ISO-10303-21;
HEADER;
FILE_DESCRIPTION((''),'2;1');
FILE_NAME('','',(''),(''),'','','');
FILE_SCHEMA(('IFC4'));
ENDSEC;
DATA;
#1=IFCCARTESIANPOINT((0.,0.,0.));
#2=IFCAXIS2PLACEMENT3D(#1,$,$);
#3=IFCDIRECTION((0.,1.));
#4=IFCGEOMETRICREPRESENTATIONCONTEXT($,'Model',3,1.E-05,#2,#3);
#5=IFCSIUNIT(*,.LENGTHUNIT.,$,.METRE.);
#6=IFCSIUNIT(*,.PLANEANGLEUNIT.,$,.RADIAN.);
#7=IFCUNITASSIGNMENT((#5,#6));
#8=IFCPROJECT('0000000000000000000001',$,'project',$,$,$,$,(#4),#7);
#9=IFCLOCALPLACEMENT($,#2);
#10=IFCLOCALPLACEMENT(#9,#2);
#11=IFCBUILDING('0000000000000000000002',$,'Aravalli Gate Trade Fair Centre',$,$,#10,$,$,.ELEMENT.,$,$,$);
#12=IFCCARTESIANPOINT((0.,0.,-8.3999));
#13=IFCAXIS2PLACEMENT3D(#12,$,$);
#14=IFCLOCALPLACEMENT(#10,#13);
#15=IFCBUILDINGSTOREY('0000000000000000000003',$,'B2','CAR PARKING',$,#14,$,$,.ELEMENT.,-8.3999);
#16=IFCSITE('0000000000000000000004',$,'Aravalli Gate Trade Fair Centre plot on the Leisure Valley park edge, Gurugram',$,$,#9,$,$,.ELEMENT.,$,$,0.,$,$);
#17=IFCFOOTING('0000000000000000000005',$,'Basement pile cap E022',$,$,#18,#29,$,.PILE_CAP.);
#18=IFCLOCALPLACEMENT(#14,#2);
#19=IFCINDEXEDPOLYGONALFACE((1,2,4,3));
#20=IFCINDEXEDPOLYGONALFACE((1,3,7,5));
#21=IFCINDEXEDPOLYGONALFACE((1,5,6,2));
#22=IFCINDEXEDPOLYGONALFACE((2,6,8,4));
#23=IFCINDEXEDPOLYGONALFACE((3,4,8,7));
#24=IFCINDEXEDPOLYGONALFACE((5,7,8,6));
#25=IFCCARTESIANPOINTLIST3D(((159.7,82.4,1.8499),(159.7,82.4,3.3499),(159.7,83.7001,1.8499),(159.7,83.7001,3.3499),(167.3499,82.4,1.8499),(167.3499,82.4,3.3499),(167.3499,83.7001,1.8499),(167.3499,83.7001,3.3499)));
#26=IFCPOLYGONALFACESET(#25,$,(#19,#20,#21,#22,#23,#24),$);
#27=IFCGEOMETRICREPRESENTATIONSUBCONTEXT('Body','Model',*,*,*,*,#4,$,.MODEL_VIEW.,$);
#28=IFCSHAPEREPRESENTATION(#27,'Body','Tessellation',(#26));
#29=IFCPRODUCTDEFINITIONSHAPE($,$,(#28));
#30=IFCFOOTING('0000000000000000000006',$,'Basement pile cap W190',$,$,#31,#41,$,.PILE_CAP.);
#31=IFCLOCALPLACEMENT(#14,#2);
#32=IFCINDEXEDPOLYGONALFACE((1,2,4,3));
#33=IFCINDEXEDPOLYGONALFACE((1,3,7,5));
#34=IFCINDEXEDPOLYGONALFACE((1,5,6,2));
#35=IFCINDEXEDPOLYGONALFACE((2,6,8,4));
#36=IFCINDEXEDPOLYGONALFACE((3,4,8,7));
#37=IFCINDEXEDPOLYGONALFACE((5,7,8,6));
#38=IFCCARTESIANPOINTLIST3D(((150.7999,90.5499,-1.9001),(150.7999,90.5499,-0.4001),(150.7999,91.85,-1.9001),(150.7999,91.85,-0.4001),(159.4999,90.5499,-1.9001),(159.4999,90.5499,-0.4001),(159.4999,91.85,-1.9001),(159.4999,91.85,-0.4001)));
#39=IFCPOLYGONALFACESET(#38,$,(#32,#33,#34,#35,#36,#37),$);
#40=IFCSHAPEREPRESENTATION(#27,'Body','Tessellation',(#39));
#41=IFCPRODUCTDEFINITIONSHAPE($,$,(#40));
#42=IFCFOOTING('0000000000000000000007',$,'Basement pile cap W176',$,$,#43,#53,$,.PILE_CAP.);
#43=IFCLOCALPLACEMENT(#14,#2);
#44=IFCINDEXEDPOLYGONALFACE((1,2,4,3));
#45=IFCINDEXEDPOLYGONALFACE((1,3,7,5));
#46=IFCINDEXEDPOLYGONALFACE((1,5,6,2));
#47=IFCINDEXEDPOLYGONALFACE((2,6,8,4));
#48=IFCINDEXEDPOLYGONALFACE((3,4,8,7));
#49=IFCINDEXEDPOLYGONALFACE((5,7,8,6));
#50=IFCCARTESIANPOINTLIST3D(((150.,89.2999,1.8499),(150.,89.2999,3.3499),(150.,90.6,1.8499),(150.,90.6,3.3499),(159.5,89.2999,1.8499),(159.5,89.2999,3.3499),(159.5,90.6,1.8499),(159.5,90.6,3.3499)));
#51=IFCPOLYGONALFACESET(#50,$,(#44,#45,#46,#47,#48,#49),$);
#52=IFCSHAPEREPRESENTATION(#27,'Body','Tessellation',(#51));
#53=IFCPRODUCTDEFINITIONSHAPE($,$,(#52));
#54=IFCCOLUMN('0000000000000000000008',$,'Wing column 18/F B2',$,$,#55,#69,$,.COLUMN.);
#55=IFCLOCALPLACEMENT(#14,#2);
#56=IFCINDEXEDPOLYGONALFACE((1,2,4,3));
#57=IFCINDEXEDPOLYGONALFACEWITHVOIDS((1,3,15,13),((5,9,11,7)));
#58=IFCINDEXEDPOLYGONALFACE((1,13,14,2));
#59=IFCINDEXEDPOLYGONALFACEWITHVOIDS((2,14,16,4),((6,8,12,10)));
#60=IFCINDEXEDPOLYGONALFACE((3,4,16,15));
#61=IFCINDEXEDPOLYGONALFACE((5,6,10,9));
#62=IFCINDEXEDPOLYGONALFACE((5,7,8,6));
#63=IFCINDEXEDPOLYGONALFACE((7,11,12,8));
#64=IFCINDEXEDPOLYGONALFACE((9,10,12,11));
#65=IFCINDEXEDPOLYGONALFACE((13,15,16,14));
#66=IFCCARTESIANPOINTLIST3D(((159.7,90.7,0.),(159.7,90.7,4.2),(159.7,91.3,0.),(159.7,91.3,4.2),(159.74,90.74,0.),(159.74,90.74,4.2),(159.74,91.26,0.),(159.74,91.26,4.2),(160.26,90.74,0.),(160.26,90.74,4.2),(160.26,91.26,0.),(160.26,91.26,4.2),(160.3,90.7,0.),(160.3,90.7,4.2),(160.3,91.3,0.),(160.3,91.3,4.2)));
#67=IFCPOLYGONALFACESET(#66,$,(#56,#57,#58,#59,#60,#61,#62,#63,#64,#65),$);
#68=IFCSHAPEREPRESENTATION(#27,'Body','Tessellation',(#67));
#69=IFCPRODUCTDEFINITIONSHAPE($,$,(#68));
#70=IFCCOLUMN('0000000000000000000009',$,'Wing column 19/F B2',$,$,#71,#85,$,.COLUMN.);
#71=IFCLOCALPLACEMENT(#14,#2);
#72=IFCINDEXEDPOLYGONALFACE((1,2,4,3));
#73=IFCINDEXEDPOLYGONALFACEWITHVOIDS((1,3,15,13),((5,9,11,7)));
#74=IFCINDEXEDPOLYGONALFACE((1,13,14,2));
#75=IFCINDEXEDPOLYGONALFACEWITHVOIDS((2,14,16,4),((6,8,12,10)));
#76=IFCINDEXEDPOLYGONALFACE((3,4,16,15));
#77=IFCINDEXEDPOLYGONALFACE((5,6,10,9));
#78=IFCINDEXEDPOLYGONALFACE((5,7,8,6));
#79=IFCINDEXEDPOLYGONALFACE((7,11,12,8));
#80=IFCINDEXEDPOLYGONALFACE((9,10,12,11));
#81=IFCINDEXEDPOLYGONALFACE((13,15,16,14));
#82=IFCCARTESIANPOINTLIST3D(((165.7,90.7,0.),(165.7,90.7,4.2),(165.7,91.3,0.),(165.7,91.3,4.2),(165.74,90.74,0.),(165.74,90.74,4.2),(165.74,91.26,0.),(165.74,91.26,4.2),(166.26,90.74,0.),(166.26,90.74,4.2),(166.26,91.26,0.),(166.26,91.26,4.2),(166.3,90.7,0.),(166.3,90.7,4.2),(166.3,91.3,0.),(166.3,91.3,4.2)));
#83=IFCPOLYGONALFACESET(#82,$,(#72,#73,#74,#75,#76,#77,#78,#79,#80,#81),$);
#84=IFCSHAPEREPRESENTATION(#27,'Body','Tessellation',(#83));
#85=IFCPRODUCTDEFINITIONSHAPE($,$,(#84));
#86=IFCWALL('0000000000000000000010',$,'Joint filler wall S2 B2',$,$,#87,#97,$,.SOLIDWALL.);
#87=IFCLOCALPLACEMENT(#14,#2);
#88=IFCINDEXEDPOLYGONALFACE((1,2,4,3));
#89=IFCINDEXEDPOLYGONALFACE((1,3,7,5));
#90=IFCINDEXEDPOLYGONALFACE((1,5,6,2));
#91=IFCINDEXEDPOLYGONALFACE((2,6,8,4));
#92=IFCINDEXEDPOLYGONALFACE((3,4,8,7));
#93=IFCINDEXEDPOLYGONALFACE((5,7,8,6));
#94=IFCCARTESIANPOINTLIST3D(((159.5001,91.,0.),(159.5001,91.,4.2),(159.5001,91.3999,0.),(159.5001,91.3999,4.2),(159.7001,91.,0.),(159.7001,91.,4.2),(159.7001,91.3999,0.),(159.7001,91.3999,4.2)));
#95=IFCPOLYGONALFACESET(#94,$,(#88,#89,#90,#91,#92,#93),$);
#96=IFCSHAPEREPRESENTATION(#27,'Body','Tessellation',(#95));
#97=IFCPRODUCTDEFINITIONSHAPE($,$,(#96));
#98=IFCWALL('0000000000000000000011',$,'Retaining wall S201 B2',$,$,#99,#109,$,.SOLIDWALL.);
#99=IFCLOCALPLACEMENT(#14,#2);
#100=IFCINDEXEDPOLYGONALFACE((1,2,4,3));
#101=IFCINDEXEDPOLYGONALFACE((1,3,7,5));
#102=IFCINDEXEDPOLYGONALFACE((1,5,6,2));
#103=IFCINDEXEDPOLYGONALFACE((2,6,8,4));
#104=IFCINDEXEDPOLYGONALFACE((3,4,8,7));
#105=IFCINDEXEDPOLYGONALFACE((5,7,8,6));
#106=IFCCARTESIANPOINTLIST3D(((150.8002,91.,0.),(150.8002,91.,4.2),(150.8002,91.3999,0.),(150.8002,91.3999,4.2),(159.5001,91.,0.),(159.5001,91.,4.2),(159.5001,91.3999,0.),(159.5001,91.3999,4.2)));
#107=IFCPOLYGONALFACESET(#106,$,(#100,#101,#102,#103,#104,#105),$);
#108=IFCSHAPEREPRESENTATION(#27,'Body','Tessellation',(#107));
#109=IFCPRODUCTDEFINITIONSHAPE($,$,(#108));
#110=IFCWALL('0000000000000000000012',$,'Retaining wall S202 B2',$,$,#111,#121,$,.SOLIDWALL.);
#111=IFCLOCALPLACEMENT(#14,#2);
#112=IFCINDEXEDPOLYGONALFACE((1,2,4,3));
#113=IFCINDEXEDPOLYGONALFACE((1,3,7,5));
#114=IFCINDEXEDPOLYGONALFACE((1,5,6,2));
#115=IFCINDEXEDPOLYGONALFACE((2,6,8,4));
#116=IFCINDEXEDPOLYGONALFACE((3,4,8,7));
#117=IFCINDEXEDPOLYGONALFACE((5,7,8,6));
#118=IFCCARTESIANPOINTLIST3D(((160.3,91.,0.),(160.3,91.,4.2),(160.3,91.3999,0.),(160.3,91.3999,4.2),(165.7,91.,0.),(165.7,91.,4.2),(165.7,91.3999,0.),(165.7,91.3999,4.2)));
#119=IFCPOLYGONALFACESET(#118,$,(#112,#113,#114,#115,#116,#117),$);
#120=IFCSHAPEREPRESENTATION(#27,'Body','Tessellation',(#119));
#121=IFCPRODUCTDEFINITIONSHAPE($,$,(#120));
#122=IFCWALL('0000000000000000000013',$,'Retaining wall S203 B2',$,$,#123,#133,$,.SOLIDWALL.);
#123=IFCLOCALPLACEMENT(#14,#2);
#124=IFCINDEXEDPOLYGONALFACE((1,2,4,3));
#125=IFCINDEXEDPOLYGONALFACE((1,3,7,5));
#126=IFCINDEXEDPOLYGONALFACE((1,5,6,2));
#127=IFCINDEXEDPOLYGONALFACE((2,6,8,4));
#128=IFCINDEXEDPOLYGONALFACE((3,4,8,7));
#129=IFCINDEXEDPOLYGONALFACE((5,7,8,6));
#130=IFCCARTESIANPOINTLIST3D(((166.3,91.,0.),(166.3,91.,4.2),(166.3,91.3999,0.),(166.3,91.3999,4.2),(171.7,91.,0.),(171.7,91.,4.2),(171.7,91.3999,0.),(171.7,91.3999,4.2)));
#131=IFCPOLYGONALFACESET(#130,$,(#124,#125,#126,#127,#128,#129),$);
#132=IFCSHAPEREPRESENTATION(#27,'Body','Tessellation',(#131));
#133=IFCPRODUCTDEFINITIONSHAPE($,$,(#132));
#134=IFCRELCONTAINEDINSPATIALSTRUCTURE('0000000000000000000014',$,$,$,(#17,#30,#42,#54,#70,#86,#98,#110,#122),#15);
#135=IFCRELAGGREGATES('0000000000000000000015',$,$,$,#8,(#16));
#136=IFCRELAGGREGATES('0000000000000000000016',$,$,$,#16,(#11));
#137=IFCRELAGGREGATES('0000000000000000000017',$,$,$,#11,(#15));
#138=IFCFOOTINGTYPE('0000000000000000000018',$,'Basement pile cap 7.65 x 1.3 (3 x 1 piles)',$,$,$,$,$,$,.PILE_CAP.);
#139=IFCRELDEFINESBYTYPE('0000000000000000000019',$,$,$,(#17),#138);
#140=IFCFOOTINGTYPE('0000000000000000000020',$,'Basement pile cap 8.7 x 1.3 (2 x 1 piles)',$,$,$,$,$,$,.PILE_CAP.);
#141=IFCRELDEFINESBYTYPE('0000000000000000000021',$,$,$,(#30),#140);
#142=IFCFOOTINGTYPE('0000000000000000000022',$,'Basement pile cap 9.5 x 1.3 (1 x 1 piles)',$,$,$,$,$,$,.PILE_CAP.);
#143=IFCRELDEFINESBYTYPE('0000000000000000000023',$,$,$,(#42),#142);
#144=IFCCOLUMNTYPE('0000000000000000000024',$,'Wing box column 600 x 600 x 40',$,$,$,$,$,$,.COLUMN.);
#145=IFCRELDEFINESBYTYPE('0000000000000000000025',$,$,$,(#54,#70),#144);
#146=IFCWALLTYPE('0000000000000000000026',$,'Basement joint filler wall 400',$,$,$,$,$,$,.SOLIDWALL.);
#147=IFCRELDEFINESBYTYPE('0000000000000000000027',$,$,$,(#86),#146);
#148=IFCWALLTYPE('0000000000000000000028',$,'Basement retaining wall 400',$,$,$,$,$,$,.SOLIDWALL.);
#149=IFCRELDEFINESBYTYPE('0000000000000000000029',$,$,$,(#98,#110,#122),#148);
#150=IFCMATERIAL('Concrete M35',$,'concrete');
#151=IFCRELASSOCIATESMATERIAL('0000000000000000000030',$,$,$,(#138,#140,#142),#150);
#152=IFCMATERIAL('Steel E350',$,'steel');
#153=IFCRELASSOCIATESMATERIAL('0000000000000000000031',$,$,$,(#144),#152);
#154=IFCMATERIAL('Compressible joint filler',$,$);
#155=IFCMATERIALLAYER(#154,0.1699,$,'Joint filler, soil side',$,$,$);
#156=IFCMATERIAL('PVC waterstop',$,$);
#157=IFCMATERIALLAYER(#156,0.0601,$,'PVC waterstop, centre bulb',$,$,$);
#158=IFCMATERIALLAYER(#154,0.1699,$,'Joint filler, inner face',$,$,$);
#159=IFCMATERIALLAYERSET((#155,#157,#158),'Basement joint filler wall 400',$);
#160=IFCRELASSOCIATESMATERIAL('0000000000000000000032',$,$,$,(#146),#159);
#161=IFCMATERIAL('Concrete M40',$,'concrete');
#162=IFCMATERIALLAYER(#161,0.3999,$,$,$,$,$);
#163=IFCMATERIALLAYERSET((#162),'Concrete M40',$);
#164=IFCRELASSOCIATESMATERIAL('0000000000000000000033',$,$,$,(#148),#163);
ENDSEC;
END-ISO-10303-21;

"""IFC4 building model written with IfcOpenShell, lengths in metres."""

from ifc_helpers import new_model, si_unit, direction, frame, frame_2d, origin, origin_2d, place, context, subcontext, project, spatial, rectangle, hollow_rectangle, extrude, material, layer, layer_set, material_profile, profile_set, type_object, element, save


model = new_model("IFC4")

# Units and contexts
model_context = context("Model", 3, precision=1e-05, world=origin(), true_north=direction((0.0, 1.0)))
body_context = subcontext(model_context, "Body", "Model", "MODEL_VIEW")
ifc_project = project(units=[si_unit("LENGTHUNIT", "METRE"), si_unit("PLANEANGLEUNIT", "RADIAN")], contexts=[model_context])

# Site, building, storey
site_placement = place(None, origin())
site = spatial("IfcSite", under=ifc_project, at=site_placement, Name="Aravalli Gate Trade Fair Centre plot on the Leisure Valley park edge, Gurugram", CompositionType="ELEMENT", RefElevation=0.0)
building_placement = place(site_placement, origin())
building = spatial("IfcBuilding", under=site, at=building_placement, Name="Aravalli Gate Trade Fair Centre", CompositionType="ELEMENT")
storey_placement = place(building_placement, frame((0.0, 0.0, -8.3999)))
storey = spatial("IfcBuildingStorey", under=building, at=storey_placement, Name="B2", Description="CAR PARKING", CompositionType="ELEMENT", Elevation=-8.3999)

# Shared definitions
ifc_material_1 = material(Name="Concrete M35", Category="concrete")

# Footings
footing_type_1 = type_object("IfcFootingType", Name="Basement pile cap 7.65 x 1.3 (3 x 1 piles)", PredefinedType="PILE_CAP", material=ifc_material_1)
footing_1_placement = place(storey_placement, frame((163.5249, 83.05, 1.8499), z_axis=(0.0, 0.0, 1.0), x_axis=(1.0, 0.0, 0.0)))
element("IfcFooting", 1, at=footing_1_placement, inside=storey, type_object=footing_type_1, Name="Basement pile cap E022", PredefinedType="PILE_CAP", context=body_context, shape_type="SweptSolid", body=[
    extrude(rectangle(XDim=7.6499, YDim=1.3, at=origin_2d()), origin(), (0.0, 0.0, 1.0), 1.5),
])
footing_type_2 = type_object("IfcFootingType", Name="Basement pile cap 8.7 x 1.3 (2 x 1 piles)", PredefinedType="PILE_CAP", material=ifc_material_1)
footing_2_placement = place(storey_placement, frame((155.1499, 91.2, -1.9001), z_axis=(0.0, 0.0, 1.0), x_axis=(1.0, 0.0, 0.0)))
element("IfcFooting", 2, at=footing_2_placement, inside=storey, type_object=footing_type_2, Name="Basement pile cap W190", PredefinedType="PILE_CAP", context=body_context, shape_type="SweptSolid", body=[
    extrude(rectangle(XDim=8.7, YDim=1.3, at=origin_2d()), origin(), (0.0, 0.0, 1.0), 1.5),
])
footing_type_3 = type_object("IfcFootingType", Name="Basement pile cap 9.5 x 1.3 (1 x 1 piles)", PredefinedType="PILE_CAP", material=ifc_material_1)
footing_3_placement = place(storey_placement, frame((154.75, 89.95, 1.8499), z_axis=(0.0, 0.0, 1.0), x_axis=(1.0, 0.0, 0.0)))
element("IfcFooting", 3, at=footing_3_placement, inside=storey, type_object=footing_type_3, Name="Basement pile cap W176", PredefinedType="PILE_CAP", context=body_context, shape_type="SweptSolid", body=[
    extrude(rectangle(XDim=9.5, YDim=1.3, at=origin_2d()), origin(), (0.0, 0.0, 1.0), 1.5),
])

# Columns
ifc_material_2 = material(Name="Steel E350", Category="steel")
ifc_material_profile_1 = material_profile(ifc_material_2, hollow_rectangle(XDim=0.6001, YDim=0.6001, WallThickness=0.04, at=origin_2d()), Name="BOX 600x600x40")
ifc_profile_set_1 = profile_set([ifc_material_profile_1], Name="Steel E350")
column_type = type_object("IfcColumnType", Name="Wing box column 600 x 600 x 40", PredefinedType="COLUMN", material=ifc_profile_set_1)
for number, where, z_axis, x_axis, name in (
    (4, (160.0, 91.0, 0.0), (0.0, 0.0, 1.0), (1.0, 0.0, 0.0), "Wing column 18/F B2"),
    (5, (166.0, 91.0, 0.0), (0.0, 0.0, 1.0), (1.0, 0.0, 0.0), "Wing column 19/F B2"),
):
    element("IfcColumn", number, at=place(storey_placement, frame(where, z_axis=z_axis, x_axis=x_axis)), inside=storey, type_object=column_type, Name=name, PredefinedType="COLUMN", context=body_context, shape_type="SweptSolid", body=[
        extrude(hollow_rectangle(XDim=0.6001, YDim=0.6001, WallThickness=0.04, at=origin_2d()), origin(), (0.0, 0.0, 1.0), 4.2),
    ])

# Walls
ifc_material_3 = material(Name="Compressible joint filler")
ifc_layer_1 = layer(ifc_material_3, 0.1699, Name="Joint filler, soil side")
ifc_material_4 = material(Name="PVC waterstop")
ifc_layer_2 = layer(ifc_material_4, 0.0601, Name="PVC waterstop, centre bulb")
ifc_layer_3 = layer(ifc_material_3, 0.1699, Name="Joint filler, inner face")
ifc_layer_set_1 = layer_set([ifc_layer_1, ifc_layer_2, ifc_layer_3], Name="Basement joint filler wall 400")
wall_type_1 = type_object("IfcWallType", Name="Basement joint filler wall 400", PredefinedType="SOLIDWALL", material=ifc_layer_set_1)
wall_1_placement = place(storey_placement, frame((159.5, 91.2, 0.0), z_axis=(0.0, 0.0, 1.0), x_axis=(1.0, 0.0, 0.0)))
element("IfcWall", 6, at=wall_1_placement, inside=storey, type_object=wall_type_1, Name="Joint filler wall S2 B2", PredefinedType="SOLIDWALL", context=body_context, shape_type="SweptSolid", body=[
    extrude(rectangle(XDim=0.2, YDim=0.3999, at=frame_2d((0.1001, 0.0))), origin(), (0.0, 0.0, 1.0), 4.2),
])
ifc_material_5 = material(Name="Concrete M40", Category="concrete")
ifc_layer_4 = layer(ifc_material_5, 0.3999)
ifc_layer_set_2 = layer_set([ifc_layer_4], Name="Concrete M40")
wall_type_2 = type_object("IfcWallType", Name="Basement retaining wall 400", PredefinedType="SOLIDWALL", material=ifc_layer_set_2)
wall_2_placement = place(storey_placement, frame((150.8, 91.2, 0.0), z_axis=(0.0, 0.0, 1.0), x_axis=(1.0, 0.0, 0.0)))
element("IfcWall", 7, at=wall_2_placement, inside=storey, type_object=wall_type_2, Name="Retaining wall S201 B2", PredefinedType="SOLIDWALL", context=body_context, shape_type="SweptSolid", body=[
    extrude(rectangle(XDim=8.7, YDim=0.3999, at=frame_2d((4.3501, 0.0))), origin(), (0.0, 0.0, 1.0), 4.2),
])
for number, where, z_axis, x_axis, name in (
    (8, (160.3, 91.2, 0.0), (0.0, 0.0, 1.0), (1.0, 0.0, 0.0), "Retaining wall S202 B2"),
    (9, (166.3, 91.2, 0.0), (0.0, 0.0, 1.0), (1.0, 0.0, 0.0), "Retaining wall S203 B2"),
):
    element("IfcWall", number, at=place(storey_placement, frame(where, z_axis=z_axis, x_axis=x_axis)), inside=storey, type_object=wall_type_2, Name=name, PredefinedType="SOLIDWALL", context=body_context, shape_type="SweptSolid", body=[
        extrude(rectangle(XDim=5.3999, YDim=0.3999, at=frame_2d((2.7, 0.0))), origin(), (0.0, 0.0, 1.0), 4.2),
    ])

save(model, "model.ifc")
